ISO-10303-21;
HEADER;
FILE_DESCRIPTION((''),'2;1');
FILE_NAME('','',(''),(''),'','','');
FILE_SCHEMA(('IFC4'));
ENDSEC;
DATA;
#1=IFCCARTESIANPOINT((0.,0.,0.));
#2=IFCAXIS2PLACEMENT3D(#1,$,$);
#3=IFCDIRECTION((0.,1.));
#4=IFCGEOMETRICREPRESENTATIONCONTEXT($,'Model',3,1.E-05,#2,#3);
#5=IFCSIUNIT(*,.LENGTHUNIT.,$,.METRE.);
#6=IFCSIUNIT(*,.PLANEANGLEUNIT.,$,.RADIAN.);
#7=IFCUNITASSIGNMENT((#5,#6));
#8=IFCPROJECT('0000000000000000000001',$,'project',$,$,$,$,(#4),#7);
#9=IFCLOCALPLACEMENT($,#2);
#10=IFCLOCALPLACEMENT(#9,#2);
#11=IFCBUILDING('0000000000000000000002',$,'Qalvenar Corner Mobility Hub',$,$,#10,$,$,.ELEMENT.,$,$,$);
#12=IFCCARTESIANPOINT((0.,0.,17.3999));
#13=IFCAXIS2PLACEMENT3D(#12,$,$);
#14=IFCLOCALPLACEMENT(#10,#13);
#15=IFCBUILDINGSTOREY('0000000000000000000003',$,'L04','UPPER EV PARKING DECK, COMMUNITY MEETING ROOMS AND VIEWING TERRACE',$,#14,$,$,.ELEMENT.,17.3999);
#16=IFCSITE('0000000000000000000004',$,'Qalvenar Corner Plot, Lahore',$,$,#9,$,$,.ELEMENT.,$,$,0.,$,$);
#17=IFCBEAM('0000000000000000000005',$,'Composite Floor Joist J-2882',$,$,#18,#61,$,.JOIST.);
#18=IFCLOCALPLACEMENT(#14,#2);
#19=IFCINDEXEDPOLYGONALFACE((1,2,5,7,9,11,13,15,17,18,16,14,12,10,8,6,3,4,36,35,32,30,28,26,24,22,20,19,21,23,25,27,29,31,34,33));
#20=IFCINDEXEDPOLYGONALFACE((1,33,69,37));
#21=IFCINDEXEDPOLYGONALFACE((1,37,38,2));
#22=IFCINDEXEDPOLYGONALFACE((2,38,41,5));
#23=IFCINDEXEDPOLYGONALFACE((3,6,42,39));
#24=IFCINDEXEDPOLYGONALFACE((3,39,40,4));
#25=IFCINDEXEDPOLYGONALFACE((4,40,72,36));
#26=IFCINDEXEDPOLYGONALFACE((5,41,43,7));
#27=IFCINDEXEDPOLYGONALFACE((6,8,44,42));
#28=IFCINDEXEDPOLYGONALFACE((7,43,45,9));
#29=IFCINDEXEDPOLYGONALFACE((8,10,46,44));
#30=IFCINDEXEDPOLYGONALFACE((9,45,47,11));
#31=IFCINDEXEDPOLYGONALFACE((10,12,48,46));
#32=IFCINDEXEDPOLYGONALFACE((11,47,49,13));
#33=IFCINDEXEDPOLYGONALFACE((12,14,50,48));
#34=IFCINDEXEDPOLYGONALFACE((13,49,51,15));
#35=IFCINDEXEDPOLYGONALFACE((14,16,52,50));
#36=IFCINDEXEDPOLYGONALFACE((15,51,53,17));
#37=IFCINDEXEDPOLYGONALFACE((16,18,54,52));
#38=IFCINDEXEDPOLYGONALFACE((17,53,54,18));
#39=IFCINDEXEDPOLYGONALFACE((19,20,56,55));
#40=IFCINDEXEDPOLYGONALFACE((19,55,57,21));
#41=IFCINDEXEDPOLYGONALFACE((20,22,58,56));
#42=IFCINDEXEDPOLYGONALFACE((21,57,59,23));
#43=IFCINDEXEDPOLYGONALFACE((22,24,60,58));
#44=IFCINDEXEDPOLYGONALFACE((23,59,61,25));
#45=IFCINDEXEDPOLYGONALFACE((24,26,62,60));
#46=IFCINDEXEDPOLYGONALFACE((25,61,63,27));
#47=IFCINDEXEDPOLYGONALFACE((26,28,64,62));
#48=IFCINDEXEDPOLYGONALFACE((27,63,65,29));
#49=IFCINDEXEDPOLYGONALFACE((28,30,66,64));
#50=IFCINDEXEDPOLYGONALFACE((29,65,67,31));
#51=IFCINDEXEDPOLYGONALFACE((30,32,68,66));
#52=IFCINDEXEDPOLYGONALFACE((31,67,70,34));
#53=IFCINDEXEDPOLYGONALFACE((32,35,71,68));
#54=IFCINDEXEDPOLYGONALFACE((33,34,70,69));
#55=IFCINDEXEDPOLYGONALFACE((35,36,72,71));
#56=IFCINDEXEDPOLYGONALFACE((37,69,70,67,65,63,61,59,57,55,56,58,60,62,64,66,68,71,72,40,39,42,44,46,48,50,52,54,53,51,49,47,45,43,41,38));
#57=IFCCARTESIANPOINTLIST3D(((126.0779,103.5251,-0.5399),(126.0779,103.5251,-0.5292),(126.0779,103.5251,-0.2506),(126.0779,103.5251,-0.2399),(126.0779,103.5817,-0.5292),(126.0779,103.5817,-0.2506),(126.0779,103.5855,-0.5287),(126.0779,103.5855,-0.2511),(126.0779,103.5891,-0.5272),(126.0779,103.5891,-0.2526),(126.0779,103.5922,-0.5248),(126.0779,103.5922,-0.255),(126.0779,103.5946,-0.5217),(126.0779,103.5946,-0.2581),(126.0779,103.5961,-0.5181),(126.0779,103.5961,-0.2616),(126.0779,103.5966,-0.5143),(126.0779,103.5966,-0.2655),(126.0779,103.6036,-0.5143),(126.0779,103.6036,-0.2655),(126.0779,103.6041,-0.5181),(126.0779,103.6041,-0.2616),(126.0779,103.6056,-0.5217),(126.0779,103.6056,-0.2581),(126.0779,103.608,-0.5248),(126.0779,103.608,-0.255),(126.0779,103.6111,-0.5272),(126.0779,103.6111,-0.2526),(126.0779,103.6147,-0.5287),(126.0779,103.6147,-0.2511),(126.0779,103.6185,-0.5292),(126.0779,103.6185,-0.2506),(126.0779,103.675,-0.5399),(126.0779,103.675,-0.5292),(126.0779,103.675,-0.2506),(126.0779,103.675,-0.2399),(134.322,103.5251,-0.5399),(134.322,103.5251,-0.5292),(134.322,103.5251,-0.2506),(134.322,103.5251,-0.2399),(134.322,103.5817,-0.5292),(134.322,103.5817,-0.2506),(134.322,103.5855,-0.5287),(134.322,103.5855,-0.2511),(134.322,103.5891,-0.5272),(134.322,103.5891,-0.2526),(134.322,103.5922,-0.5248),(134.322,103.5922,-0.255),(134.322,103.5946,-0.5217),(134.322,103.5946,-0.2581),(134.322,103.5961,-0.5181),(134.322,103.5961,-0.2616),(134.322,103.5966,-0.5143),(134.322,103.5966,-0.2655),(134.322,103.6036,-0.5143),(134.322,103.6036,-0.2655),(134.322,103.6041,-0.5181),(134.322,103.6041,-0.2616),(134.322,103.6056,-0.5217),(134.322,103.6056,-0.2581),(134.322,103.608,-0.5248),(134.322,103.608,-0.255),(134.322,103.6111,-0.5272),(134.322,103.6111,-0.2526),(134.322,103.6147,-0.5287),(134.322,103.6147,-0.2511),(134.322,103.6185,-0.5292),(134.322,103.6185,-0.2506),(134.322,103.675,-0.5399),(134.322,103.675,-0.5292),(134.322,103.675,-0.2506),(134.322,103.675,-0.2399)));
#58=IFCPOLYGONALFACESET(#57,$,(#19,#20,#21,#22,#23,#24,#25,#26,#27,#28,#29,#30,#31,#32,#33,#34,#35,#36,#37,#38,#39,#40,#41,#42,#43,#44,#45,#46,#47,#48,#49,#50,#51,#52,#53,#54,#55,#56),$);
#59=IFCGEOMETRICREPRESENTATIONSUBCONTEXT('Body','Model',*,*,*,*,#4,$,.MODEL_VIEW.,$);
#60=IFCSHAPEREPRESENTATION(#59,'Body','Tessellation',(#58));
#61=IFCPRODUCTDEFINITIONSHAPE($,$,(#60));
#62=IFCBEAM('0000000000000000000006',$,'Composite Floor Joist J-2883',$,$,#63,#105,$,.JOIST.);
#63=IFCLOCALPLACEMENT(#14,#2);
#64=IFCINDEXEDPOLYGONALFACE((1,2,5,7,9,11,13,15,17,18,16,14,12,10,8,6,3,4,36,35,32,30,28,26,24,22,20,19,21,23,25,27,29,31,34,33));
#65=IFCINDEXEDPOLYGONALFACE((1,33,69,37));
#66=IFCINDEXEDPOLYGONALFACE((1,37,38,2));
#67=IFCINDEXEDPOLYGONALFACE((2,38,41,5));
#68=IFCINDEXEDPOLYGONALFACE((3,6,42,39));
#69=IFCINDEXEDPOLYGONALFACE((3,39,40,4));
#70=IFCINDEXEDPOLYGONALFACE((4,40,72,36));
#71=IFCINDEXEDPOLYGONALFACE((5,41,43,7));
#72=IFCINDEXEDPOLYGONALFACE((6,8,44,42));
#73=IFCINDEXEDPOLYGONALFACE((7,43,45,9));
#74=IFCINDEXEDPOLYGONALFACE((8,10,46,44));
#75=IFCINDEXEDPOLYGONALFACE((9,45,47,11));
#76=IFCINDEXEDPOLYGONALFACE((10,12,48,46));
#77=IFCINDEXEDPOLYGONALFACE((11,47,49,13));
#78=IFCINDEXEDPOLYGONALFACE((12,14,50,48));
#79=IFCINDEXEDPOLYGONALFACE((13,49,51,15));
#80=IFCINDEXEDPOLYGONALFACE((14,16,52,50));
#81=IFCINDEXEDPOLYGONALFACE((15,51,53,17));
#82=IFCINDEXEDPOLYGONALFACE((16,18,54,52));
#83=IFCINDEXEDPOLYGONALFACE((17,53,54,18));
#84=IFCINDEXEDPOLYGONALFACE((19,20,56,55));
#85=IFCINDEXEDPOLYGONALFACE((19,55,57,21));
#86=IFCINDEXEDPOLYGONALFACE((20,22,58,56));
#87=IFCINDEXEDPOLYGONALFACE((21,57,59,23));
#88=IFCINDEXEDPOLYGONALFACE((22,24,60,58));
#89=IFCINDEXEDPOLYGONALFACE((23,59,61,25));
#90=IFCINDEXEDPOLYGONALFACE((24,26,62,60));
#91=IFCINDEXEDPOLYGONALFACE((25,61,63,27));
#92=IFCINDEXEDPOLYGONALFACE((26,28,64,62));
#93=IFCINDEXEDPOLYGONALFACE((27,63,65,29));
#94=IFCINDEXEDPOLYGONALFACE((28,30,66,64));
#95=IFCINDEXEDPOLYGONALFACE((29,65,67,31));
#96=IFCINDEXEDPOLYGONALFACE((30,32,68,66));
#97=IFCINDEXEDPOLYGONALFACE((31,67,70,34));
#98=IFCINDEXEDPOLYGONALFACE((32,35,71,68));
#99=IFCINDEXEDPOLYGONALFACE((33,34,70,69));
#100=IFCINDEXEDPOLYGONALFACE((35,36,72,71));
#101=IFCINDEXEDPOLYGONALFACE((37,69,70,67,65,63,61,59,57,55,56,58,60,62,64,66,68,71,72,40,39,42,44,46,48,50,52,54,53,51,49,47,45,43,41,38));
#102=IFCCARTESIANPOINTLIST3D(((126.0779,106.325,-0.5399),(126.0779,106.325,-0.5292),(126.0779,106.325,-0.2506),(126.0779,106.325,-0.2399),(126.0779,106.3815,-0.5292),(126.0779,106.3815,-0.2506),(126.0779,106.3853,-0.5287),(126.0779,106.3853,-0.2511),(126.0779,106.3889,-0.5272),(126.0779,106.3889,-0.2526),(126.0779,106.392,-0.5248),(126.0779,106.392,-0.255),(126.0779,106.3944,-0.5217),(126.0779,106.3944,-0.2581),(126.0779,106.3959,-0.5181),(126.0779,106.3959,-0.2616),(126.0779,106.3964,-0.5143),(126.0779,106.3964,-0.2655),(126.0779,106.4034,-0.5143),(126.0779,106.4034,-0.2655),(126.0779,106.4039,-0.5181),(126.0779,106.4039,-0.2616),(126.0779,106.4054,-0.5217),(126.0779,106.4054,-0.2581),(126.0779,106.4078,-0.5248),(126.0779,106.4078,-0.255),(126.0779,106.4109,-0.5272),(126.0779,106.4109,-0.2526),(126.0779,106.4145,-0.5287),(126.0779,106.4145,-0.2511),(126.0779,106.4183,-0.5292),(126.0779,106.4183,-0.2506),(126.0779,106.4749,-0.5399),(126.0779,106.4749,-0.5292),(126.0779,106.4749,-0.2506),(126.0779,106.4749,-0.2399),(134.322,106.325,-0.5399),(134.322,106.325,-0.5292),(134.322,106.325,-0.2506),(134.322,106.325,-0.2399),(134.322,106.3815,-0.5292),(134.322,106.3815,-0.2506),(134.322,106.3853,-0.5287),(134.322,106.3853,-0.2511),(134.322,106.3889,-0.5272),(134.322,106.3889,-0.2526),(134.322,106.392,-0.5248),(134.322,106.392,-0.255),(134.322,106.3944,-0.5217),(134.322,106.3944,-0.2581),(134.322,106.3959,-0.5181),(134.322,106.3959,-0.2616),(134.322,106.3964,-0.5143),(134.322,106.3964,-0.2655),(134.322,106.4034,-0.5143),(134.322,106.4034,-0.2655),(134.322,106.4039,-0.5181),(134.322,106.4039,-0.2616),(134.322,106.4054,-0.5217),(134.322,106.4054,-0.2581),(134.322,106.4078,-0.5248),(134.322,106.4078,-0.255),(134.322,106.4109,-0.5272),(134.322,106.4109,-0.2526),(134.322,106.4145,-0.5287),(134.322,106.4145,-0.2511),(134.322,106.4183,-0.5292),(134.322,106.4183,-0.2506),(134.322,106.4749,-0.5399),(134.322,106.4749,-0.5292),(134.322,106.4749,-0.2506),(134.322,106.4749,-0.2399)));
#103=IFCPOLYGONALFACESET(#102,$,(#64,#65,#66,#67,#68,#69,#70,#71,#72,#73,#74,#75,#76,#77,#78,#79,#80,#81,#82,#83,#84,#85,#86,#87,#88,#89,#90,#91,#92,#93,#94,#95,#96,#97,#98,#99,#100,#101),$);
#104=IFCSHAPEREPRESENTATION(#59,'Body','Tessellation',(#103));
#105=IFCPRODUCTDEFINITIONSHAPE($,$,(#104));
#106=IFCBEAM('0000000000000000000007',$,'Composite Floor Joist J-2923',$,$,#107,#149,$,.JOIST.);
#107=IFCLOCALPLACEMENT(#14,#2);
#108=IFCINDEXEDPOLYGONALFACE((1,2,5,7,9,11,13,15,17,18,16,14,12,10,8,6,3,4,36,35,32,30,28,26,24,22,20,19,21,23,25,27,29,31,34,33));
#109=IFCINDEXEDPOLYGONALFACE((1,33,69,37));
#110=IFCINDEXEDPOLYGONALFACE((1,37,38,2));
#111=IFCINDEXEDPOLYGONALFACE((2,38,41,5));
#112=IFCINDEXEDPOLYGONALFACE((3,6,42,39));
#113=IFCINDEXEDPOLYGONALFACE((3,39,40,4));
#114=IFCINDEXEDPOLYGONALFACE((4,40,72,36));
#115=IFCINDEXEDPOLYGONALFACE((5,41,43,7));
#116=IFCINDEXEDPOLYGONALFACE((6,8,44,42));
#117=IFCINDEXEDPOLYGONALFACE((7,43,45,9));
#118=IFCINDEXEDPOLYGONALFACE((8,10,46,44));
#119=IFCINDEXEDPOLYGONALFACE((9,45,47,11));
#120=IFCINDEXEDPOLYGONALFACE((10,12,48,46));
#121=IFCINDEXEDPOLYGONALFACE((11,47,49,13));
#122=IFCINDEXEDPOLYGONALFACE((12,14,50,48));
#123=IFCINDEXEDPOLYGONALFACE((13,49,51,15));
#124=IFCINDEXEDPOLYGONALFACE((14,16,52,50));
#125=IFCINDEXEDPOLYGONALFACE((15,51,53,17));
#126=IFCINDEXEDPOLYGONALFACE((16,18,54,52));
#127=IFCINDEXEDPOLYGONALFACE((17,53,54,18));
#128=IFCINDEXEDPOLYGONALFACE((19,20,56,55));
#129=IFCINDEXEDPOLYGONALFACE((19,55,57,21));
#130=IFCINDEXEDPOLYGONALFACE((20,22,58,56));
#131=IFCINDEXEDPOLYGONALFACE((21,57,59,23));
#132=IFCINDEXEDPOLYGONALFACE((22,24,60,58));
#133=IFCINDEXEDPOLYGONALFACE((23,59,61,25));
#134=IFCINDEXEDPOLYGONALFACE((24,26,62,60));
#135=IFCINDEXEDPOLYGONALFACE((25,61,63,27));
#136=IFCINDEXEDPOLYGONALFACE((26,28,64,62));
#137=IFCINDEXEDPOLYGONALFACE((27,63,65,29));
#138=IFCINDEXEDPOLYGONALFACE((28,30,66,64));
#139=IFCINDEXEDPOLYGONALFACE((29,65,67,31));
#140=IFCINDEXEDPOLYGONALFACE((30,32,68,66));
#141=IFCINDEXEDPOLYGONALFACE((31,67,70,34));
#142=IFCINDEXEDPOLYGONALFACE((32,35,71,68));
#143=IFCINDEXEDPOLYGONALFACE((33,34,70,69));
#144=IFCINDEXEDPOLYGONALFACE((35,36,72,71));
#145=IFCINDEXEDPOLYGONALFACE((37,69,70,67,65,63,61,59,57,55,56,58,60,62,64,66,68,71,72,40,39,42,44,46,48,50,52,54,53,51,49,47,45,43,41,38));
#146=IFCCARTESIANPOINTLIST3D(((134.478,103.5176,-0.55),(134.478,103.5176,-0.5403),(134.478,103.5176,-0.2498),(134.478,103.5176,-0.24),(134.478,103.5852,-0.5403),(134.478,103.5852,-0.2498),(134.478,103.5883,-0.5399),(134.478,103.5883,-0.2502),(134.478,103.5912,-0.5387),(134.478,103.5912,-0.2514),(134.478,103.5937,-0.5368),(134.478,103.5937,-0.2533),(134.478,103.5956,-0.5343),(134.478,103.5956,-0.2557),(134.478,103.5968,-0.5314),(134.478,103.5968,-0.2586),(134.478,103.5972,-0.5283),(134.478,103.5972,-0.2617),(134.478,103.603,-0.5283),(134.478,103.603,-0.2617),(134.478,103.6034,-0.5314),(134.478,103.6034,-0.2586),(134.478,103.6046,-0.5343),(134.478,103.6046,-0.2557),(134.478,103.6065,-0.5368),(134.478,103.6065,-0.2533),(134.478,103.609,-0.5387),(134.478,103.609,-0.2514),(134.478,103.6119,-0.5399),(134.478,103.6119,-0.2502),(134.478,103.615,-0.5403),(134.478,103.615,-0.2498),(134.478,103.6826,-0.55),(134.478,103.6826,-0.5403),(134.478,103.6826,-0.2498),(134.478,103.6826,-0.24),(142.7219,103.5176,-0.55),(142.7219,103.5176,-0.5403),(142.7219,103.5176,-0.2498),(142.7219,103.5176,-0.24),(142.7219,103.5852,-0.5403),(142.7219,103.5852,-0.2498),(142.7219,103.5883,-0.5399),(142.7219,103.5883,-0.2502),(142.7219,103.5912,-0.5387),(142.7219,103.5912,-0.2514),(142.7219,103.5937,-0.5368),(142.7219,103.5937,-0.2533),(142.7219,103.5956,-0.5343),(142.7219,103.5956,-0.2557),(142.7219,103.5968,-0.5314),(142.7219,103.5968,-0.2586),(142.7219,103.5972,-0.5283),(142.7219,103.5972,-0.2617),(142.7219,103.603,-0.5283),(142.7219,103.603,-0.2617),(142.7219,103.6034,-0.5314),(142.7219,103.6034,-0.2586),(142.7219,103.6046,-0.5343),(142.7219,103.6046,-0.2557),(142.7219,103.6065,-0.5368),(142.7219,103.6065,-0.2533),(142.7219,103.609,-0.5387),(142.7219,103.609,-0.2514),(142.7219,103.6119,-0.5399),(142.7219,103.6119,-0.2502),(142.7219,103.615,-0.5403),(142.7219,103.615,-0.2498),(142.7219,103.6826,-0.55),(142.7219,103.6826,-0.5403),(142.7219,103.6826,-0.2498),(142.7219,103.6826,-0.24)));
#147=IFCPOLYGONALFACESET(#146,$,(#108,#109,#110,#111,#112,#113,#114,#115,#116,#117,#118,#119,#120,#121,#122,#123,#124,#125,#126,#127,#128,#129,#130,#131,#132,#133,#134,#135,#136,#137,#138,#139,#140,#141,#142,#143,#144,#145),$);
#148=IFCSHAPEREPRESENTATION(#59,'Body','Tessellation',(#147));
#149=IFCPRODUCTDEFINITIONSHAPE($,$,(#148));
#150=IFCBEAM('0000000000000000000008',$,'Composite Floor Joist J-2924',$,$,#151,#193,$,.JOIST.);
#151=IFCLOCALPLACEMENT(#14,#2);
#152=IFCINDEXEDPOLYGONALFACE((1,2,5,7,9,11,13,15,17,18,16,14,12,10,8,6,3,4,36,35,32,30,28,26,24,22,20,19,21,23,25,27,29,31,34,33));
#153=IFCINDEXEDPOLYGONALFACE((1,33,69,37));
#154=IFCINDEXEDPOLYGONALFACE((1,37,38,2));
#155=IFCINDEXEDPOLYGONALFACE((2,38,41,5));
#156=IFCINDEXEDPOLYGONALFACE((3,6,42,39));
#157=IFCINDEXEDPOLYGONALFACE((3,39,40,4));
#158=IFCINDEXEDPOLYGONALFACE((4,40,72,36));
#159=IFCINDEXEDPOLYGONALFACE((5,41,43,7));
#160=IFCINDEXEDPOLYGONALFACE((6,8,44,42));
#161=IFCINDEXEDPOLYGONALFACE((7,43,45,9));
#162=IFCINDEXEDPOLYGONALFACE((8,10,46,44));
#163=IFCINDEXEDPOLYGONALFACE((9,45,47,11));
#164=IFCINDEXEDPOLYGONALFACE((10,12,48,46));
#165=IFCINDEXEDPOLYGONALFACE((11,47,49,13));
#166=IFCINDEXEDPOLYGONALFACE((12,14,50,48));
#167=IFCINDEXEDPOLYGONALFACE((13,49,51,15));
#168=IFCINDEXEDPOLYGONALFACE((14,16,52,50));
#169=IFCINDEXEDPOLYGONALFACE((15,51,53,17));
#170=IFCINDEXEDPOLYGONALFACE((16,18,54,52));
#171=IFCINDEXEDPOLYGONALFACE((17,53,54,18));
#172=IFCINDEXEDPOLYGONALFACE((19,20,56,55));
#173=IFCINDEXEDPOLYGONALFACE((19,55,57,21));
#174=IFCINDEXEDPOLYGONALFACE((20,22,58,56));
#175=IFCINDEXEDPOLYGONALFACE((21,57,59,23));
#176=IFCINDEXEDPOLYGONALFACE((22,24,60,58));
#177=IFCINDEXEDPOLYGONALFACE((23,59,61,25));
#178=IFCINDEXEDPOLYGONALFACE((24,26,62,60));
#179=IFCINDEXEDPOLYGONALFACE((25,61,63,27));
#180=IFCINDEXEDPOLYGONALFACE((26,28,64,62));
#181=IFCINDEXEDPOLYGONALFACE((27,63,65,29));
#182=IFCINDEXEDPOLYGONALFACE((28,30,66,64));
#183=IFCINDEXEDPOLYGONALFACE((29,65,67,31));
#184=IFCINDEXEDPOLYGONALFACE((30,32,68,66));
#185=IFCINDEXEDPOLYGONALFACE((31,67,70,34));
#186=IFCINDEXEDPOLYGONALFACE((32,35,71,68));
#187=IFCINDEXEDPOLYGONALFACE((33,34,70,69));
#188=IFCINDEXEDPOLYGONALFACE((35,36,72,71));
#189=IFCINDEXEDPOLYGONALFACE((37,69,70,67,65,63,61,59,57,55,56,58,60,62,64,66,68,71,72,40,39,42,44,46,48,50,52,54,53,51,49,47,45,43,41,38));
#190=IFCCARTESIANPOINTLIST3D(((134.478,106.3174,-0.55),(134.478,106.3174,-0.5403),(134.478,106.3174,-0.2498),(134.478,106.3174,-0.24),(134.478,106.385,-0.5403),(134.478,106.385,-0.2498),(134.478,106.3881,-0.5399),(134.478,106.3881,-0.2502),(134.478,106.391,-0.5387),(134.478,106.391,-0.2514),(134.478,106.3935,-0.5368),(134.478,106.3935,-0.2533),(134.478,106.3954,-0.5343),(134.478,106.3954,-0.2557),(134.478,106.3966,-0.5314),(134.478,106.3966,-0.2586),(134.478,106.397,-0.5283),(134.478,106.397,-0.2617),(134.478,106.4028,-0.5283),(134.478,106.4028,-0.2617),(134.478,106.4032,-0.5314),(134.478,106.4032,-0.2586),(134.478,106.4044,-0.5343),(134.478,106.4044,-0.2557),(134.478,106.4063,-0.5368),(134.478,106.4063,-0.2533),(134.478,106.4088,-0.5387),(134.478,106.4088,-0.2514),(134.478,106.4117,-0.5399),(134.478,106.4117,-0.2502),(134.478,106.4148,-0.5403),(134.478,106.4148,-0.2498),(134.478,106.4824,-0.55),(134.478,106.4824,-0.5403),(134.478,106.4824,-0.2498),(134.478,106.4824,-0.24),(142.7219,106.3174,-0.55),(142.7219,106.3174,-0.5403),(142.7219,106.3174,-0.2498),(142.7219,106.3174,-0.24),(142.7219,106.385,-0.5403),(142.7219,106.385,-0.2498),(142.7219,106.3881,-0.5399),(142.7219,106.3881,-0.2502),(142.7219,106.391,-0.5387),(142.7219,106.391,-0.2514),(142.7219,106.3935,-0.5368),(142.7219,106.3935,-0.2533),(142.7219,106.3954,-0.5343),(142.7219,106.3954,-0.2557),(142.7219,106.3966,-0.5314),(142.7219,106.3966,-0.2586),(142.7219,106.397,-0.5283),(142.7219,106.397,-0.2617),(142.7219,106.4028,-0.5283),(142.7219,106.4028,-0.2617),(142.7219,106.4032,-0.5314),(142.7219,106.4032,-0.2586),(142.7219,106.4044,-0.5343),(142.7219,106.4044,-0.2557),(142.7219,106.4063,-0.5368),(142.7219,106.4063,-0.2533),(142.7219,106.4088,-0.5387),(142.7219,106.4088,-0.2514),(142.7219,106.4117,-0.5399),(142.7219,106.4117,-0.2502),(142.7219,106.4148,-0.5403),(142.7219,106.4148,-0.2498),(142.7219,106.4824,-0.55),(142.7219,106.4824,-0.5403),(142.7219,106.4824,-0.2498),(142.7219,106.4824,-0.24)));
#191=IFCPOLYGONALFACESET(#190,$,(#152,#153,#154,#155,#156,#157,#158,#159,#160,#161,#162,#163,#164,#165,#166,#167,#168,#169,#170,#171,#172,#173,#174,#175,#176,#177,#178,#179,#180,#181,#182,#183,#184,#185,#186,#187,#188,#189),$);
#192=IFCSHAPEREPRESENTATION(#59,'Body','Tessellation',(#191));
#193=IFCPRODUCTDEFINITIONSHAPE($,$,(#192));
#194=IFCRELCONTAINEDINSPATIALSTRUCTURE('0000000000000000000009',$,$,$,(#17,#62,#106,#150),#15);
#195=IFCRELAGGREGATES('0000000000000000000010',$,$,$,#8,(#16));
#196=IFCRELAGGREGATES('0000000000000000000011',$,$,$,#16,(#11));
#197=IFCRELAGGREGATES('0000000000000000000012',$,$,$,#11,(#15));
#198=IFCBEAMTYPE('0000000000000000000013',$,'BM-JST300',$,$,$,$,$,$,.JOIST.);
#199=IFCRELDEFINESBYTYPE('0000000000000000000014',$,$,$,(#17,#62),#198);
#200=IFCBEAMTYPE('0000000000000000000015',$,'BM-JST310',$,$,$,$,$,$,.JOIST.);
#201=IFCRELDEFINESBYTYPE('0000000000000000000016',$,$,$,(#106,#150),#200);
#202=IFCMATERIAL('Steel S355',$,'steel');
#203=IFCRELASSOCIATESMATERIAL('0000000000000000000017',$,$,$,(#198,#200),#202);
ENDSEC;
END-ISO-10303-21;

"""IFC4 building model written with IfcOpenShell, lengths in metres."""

from ifc_helpers import new_model, si_unit, direction, frame, origin, origin_2d, place, context, subcontext, project, spatial, i_section, extrude, material, material_profile, profile_set, type_object, element, save


model = new_model("IFC4")

# Units and contexts
model_context = context("Model", 3, precision=1e-05, world=origin(), true_north=direction((0.0, 1.0)))
body_context = subcontext(model_context, "Body", "Model", "MODEL_VIEW")
ifc_project = project(units=[si_unit("LENGTHUNIT", "METRE"), si_unit("PLANEANGLEUNIT", "RADIAN")], contexts=[model_context])

# Site, building, storey
site_placement = place(None, origin())
site = spatial("IfcSite", under=ifc_project, at=site_placement, Name="Qalvenar Corner Plot, Lahore", CompositionType="ELEMENT", RefElevation=0.0)
building_placement = place(site_placement, origin())
building = spatial("IfcBuilding", under=site, at=building_placement, Name="Qalvenar Corner Mobility Hub", CompositionType="ELEMENT")
storey_placement = place(building_placement, frame((0.0, 0.0, 17.3999)))
storey = spatial("IfcBuildingStorey", under=building, at=storey_placement, Name="L04", Description="UPPER EV PARKING DECK, COMMUNITY MEETING ROOMS AND VIEWING TERRACE", CompositionType="ELEMENT", Elevation=17.3999)

# Shared definitions
ifc_material_1 = material(Name="Steel S355", Category="steel")

# Beams
ifc_material_profile_1 = material_profile(ifc_material_1, i_section(OverallWidth=0.1499, OverallDepth=0.3, WebThickness=0.0071, FlangeThickness=0.0107, FilletRadius=0.0149, at=origin_2d()), Name="IPE300")
ifc_profile_set_1 = profile_set([ifc_material_profile_1], Name="Steel S355")
beam_type_1 = type_object("IfcBeamType", Name="BM-JST300", PredefinedType="JOIST", material=ifc_profile_set_1)
for number, where, z_axis, x_axis, name in (
    (1, (126.0779, 103.6001, -0.3899), (1.0, 0.0, 0.0), (0.0, 1.0, 0.0), "Composite Floor Joist J-2882"),
    (2, (126.0779, 106.3999, -0.3899), (1.0, 0.0, 0.0), (0.0, 1.0, 0.0), "Composite Floor Joist J-2883"),
):
    element("IfcBeam", number, at=place(storey_placement, frame(where, z_axis=z_axis, x_axis=x_axis)), inside=storey, type_object=beam_type_1, Name=name, PredefinedType="JOIST", context=body_context, shape_type="SweptSolid", body=[
        extrude(i_section(OverallWidth=0.1499, OverallDepth=0.3, WebThickness=0.0071, FlangeThickness=0.0107, FilletRadius=0.0149, at=origin_2d()), origin(), (0.0, 0.0, 1.0), 8.2441),
    ])
ifc_material_profile_2 = material_profile(ifc_material_1, i_section(OverallWidth=0.165, OverallDepth=0.3101, WebThickness=0.0059, FlangeThickness=0.0098, FilletRadius=0.012, at=origin_2d()), Name="W310x38.7")
ifc_profile_set_2 = profile_set([ifc_material_profile_2], Name="Steel S355")
beam_type_2 = type_object("IfcBeamType", Name="BM-JST310", PredefinedType="JOIST", material=ifc_profile_set_2)
for number, where, z_axis, x_axis, name in (
    (3, (134.478, 103.6001, -0.395), (1.0, 0.0, 0.0), (0.0, 1.0, 0.0), "Composite Floor Joist J-2923"),
    (4, (134.478, 106.3999, -0.395), (1.0, 0.0, 0.0), (0.0, 1.0, 0.0), "Composite Floor Joist J-2924"),
):
    element("IfcBeam", number, at=place(storey_placement, frame(where, z_axis=z_axis, x_axis=x_axis)), inside=storey, type_object=beam_type_2, Name=name, PredefinedType="JOIST", context=body_context, shape_type="SweptSolid", body=[
        extrude(i_section(OverallWidth=0.165, OverallDepth=0.3101, WebThickness=0.0059, FlangeThickness=0.0098, FilletRadius=0.012, at=origin_2d()), origin(), (0.0, 0.0, 1.0), 8.2439),
    ])

save(model, "model.ifc")
